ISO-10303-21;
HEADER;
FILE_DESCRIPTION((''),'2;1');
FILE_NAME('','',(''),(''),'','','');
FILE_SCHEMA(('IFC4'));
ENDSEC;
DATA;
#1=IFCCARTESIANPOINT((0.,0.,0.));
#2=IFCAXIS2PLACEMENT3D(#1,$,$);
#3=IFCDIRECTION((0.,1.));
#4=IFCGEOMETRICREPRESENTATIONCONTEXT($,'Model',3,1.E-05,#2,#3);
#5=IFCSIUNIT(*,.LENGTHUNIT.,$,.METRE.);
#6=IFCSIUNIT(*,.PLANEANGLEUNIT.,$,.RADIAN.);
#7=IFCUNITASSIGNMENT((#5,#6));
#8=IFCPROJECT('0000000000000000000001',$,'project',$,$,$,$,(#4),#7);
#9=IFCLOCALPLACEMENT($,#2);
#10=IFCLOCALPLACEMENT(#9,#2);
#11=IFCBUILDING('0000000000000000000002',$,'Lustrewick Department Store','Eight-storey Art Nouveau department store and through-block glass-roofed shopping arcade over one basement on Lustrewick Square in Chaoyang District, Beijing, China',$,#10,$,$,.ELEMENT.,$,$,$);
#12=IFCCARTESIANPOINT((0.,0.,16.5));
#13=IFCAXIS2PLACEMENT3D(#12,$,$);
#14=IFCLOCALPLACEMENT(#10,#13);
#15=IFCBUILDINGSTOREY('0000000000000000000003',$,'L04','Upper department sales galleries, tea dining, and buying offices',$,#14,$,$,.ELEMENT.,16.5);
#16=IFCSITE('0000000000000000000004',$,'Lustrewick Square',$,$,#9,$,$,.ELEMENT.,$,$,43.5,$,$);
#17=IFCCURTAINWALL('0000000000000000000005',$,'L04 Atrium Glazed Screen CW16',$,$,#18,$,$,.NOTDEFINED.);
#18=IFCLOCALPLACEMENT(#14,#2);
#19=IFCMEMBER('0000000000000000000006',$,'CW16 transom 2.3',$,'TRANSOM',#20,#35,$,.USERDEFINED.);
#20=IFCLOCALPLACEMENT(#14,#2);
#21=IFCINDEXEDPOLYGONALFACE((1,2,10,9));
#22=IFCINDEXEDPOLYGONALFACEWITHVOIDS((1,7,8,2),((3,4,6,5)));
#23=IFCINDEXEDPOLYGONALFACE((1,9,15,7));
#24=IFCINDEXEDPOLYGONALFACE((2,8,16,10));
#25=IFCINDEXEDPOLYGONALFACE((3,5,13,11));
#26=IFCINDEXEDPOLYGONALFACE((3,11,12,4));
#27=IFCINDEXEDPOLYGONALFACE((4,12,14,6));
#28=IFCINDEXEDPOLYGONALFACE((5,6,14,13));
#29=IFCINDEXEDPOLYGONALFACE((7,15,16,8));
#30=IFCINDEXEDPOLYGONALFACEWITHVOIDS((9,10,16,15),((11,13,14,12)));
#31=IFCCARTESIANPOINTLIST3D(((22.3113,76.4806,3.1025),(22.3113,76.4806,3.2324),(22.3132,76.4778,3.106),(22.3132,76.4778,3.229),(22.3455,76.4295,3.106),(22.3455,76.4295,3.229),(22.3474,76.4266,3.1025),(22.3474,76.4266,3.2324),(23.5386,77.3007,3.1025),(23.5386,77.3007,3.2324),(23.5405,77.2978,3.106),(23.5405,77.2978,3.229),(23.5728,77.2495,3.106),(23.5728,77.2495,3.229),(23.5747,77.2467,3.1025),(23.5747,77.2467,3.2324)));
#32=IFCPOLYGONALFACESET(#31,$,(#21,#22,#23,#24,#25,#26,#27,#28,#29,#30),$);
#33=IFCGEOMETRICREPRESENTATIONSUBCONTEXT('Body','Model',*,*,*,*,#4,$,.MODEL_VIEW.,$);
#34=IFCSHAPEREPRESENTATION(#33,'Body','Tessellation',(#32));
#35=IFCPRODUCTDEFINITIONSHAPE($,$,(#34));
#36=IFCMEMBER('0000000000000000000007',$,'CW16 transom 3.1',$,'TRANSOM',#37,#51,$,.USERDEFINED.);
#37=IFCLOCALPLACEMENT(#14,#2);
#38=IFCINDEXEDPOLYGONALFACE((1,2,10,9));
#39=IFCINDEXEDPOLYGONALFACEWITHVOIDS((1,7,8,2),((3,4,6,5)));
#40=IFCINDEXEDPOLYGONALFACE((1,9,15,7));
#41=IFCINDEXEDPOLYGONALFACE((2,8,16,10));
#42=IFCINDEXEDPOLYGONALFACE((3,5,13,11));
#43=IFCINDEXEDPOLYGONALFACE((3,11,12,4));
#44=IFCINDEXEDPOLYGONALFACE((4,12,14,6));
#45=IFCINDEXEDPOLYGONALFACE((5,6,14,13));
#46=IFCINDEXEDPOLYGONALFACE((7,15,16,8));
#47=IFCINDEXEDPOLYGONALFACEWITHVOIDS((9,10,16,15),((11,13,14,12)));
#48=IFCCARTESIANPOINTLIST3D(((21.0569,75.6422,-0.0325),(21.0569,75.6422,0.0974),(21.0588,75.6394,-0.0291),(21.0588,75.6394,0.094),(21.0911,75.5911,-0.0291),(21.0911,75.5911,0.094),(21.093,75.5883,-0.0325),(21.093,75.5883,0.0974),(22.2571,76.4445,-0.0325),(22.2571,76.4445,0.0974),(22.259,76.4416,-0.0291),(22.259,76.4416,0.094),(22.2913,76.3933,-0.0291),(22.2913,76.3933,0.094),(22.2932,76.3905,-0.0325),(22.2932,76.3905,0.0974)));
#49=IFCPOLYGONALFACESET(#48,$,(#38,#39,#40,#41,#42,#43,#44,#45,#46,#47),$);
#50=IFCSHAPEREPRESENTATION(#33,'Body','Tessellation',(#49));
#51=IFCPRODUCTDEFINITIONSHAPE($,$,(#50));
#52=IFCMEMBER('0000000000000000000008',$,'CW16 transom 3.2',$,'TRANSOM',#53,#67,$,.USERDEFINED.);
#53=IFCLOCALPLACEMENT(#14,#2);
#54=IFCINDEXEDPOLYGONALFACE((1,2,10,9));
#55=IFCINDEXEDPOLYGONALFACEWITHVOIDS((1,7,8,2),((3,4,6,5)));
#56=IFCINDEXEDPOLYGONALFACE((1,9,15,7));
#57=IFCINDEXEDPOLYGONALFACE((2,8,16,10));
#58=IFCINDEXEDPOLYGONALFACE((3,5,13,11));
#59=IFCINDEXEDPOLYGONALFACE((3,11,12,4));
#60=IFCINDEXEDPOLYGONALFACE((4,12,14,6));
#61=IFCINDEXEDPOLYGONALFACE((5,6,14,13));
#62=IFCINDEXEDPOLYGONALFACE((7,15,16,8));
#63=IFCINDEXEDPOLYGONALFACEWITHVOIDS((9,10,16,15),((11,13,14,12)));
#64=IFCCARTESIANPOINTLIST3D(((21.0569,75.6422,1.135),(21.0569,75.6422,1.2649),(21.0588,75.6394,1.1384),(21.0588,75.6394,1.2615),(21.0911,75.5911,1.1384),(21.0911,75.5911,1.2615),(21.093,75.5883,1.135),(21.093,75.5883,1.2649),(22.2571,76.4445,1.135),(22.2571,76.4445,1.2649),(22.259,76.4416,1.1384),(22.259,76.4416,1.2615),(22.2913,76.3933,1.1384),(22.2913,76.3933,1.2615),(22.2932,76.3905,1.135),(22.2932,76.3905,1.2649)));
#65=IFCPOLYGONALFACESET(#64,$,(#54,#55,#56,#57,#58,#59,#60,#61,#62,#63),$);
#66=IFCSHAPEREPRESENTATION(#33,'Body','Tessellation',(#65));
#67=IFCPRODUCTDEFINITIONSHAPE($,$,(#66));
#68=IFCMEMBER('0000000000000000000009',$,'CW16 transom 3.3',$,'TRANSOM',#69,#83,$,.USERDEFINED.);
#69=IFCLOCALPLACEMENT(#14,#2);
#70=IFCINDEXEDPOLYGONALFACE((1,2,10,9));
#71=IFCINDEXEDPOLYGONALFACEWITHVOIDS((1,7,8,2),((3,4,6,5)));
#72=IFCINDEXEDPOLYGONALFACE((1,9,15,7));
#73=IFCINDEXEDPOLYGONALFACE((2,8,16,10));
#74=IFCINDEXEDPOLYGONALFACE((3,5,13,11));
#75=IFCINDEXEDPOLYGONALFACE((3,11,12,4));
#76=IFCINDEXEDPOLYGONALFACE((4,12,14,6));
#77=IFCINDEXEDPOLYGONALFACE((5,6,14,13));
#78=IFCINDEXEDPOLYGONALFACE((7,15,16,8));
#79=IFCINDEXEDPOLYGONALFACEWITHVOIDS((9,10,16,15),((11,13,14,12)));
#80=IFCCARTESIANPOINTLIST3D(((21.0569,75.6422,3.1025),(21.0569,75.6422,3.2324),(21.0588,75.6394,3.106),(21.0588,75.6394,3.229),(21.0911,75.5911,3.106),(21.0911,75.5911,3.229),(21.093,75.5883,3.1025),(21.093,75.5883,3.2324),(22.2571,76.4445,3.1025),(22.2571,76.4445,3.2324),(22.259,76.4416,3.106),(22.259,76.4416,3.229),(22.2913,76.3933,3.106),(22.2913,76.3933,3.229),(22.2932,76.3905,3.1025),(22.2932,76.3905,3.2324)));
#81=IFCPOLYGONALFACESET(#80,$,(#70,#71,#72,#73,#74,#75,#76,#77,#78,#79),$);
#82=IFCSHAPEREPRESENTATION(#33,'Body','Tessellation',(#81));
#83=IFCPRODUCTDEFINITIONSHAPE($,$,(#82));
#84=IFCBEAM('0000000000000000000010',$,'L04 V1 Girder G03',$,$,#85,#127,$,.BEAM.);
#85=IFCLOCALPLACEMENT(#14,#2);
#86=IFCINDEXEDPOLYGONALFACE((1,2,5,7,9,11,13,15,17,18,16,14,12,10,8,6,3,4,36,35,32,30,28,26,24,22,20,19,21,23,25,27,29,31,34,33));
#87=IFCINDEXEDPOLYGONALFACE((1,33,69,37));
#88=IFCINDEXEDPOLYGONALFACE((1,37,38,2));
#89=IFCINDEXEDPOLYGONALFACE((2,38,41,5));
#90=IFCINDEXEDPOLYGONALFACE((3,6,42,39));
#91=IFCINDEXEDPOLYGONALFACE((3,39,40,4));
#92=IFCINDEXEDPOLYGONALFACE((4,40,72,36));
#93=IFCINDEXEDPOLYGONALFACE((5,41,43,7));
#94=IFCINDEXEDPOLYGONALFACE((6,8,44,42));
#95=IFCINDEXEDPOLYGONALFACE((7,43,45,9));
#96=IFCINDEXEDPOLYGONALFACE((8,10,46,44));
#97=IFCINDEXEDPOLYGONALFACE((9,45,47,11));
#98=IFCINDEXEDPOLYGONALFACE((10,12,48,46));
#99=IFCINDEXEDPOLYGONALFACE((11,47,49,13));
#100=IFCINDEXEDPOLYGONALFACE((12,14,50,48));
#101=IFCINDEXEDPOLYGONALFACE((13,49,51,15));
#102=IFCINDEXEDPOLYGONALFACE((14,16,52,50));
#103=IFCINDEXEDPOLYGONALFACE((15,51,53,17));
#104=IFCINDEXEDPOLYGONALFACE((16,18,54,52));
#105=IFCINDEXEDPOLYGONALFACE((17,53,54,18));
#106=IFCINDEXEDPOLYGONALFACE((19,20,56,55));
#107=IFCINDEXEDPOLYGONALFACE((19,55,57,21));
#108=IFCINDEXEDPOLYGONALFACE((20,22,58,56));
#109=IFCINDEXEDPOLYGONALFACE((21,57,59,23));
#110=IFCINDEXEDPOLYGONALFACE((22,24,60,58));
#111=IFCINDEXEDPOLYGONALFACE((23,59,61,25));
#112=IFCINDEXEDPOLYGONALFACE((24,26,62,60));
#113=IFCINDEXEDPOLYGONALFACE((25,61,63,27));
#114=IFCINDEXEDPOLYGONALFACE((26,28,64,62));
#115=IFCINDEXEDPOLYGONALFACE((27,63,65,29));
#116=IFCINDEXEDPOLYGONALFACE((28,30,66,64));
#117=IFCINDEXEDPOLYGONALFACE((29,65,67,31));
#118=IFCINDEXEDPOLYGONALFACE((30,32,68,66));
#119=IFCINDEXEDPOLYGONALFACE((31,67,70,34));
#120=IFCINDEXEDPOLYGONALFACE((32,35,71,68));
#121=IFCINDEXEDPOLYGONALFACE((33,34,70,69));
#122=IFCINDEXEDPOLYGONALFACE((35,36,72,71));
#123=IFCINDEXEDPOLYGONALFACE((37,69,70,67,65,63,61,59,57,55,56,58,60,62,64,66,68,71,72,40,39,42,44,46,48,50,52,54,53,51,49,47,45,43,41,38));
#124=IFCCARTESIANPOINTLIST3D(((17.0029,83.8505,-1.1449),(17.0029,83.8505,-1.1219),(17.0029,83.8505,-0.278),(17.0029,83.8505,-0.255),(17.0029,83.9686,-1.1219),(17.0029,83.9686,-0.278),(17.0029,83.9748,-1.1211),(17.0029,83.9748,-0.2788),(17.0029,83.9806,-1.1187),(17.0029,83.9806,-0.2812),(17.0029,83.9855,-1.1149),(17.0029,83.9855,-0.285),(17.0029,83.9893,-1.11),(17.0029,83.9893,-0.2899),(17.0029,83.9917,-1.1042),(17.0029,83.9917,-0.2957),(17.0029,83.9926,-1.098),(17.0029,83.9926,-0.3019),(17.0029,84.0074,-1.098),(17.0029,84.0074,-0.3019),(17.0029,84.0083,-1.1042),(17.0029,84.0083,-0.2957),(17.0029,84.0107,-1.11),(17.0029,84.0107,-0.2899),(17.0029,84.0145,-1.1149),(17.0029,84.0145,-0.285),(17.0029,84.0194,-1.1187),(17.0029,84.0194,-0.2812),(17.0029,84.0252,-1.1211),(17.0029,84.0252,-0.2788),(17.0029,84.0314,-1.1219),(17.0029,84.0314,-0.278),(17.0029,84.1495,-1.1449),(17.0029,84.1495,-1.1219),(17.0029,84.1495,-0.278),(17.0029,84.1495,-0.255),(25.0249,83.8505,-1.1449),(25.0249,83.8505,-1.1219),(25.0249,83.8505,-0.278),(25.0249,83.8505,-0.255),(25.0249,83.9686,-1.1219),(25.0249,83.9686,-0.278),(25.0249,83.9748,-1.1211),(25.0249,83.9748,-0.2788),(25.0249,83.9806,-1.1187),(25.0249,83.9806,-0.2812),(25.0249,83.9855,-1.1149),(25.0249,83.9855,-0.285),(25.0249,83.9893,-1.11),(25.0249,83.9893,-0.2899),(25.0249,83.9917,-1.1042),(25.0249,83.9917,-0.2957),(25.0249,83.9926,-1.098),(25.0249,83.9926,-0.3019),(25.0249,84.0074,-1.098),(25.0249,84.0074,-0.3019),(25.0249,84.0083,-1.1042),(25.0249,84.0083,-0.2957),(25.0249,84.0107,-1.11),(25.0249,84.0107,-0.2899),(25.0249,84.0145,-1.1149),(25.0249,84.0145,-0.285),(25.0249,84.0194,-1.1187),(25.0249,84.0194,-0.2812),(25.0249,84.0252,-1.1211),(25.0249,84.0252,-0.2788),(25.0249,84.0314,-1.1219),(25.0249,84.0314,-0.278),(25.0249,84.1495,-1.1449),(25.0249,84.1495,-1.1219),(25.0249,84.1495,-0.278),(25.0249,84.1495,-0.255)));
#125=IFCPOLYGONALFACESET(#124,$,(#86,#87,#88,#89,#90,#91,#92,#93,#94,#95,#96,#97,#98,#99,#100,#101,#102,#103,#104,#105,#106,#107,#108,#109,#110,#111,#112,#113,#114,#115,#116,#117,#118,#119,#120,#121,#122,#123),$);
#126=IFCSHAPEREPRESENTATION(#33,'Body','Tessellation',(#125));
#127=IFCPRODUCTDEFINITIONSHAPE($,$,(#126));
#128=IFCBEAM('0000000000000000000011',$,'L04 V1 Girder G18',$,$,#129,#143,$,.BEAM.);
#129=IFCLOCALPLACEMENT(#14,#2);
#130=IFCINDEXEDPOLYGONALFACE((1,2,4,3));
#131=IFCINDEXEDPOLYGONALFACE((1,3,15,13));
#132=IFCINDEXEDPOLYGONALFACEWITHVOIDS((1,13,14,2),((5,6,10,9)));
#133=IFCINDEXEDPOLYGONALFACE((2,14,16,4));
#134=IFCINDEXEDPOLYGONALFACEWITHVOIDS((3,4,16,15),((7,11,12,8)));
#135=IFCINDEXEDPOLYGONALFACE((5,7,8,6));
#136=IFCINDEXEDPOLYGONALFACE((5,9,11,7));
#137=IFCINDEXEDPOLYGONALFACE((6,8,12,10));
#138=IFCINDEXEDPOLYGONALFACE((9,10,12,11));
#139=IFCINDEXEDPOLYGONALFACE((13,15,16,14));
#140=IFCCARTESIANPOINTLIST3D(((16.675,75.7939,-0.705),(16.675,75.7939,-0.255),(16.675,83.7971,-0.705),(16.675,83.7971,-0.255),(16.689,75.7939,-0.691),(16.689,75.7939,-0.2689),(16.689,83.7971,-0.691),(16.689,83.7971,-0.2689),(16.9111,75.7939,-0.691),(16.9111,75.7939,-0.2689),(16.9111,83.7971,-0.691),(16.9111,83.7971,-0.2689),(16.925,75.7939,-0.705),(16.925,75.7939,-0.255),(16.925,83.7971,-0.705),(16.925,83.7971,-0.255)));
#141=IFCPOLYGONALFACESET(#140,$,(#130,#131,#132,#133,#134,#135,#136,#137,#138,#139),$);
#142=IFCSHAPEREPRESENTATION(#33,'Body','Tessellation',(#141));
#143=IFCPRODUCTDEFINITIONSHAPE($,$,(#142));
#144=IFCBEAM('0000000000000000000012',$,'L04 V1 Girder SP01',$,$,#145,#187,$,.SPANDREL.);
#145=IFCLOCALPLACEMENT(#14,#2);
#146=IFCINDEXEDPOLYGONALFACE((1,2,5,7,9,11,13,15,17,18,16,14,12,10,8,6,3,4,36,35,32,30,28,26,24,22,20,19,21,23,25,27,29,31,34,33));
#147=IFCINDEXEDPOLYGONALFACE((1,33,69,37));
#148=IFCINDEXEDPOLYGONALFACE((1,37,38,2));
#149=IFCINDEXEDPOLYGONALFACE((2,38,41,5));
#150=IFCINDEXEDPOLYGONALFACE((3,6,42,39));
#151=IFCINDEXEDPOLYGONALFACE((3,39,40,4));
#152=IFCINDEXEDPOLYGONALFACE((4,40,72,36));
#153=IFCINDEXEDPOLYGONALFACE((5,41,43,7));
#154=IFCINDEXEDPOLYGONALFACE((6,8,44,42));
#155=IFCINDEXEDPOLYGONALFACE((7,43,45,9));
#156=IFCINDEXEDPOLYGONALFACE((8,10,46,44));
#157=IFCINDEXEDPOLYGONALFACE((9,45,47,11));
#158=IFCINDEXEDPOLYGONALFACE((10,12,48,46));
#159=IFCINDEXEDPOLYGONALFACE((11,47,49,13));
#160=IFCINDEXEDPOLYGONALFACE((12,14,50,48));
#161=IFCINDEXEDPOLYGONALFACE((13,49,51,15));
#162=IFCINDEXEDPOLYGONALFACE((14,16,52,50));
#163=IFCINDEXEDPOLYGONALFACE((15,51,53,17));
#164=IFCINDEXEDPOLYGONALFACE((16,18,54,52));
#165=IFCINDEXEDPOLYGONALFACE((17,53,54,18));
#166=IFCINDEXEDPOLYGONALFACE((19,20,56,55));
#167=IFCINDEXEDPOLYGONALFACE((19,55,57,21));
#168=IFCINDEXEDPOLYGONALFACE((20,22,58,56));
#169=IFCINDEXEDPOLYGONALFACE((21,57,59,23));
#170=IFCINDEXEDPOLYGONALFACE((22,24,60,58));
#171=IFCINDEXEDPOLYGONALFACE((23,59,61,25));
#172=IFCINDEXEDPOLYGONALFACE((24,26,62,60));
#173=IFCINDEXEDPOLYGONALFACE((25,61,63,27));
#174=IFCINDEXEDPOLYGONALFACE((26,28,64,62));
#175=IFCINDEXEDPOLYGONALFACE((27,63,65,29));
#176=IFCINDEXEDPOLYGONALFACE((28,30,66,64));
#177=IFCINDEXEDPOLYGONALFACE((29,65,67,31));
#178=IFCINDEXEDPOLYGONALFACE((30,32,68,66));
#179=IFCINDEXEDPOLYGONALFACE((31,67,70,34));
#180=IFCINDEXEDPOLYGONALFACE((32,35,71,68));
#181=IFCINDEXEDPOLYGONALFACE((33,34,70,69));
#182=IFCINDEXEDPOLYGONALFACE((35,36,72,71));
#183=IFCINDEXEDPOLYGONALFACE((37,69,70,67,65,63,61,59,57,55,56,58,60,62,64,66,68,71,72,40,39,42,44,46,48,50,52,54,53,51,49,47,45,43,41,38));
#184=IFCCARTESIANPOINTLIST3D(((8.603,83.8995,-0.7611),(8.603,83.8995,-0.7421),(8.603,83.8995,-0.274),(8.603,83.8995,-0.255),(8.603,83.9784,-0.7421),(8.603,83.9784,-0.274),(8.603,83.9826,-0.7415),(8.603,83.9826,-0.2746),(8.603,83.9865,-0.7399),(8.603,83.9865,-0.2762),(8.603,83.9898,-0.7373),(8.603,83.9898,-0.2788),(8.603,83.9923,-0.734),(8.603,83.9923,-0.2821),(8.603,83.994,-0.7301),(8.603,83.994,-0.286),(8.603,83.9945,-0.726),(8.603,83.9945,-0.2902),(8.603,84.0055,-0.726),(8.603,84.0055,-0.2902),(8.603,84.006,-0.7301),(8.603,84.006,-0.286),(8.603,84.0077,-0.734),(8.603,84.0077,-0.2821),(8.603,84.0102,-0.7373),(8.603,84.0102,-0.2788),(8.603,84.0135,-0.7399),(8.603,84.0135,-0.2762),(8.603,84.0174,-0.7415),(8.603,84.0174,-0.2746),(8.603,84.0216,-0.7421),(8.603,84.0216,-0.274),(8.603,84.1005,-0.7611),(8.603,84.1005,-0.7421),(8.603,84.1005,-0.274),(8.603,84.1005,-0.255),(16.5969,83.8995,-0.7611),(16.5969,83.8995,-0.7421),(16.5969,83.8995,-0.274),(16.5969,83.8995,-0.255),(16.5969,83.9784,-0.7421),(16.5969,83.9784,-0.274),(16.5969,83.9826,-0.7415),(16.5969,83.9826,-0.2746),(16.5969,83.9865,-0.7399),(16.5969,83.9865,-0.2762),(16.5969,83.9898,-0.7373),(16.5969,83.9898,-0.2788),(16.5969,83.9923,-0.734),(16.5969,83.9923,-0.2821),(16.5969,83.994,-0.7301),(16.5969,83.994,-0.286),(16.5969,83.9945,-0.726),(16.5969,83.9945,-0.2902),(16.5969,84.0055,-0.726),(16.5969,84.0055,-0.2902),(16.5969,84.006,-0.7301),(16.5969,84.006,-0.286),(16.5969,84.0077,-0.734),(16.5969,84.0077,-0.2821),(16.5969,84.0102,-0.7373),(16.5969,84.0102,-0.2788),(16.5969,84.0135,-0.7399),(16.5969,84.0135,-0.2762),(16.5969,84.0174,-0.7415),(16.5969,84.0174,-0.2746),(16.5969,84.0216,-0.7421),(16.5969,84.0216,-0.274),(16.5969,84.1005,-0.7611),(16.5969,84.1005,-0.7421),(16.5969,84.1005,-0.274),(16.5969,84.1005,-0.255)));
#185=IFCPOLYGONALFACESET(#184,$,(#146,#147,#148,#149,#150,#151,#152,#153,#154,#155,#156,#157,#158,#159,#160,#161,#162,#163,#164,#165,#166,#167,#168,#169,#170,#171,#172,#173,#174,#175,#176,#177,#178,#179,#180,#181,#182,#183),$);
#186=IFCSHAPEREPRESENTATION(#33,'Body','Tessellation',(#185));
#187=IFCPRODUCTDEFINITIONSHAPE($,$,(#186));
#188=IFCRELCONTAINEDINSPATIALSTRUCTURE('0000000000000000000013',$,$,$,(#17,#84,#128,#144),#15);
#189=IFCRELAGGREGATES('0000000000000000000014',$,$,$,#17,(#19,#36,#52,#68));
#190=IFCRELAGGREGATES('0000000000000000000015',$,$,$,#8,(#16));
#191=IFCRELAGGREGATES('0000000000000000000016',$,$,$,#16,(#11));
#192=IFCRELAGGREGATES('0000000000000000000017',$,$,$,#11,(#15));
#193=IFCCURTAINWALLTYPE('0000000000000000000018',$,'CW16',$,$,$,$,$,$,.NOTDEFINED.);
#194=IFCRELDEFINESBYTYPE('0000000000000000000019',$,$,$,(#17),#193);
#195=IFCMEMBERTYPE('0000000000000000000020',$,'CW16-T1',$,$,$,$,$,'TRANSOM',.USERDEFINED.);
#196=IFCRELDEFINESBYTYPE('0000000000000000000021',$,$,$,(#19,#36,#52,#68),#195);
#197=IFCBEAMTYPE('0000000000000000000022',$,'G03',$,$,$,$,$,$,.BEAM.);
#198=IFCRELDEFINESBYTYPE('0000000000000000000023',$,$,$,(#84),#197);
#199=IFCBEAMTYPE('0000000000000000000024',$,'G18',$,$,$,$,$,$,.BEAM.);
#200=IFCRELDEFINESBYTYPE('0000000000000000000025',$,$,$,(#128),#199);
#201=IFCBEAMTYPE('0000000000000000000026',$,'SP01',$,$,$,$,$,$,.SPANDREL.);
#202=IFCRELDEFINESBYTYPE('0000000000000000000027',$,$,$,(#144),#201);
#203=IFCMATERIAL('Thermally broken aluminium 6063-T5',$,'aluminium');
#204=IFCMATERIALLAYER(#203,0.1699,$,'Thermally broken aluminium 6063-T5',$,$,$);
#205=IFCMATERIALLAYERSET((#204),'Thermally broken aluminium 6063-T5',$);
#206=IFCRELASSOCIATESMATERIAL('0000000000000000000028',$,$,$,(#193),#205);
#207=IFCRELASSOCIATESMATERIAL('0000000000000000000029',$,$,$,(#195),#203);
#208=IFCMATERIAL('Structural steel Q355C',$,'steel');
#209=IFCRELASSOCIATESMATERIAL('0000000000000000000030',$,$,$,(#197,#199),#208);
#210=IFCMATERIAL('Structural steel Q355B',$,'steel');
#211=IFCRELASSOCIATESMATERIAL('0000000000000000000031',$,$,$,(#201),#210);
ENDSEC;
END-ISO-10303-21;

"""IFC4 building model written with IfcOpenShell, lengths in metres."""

from ifc_helpers import new_model, si_unit, direction, frame, origin, origin_2d, place, context, subcontext, project, spatial, hollow_rectangle, i_section, extrude, material, layer, layer_set, material_profile, profile_set, type_object, element, aggregate, save


model = new_model("IFC4")

# Units and contexts
model_context = context("Model", 3, precision=1e-05, world=origin(), true_north=direction((0.0, 1.0)))
body_context = subcontext(model_context, "Body", "Model", "MODEL_VIEW")
ifc_project = project(units=[si_unit("LENGTHUNIT", "METRE"), si_unit("PLANEANGLEUNIT", "RADIAN")], contexts=[model_context])

# Site, building, storey
site_placement = place(None, origin())
site = spatial("IfcSite", under=ifc_project, at=site_placement, Name="Lustrewick Square", CompositionType="ELEMENT", RefElevation=43.5)
building_placement = place(site_placement, origin())
building = spatial("IfcBuilding", under=site, at=building_placement, Name="Lustrewick Department Store", Description="Eight-storey Art Nouveau department store and through-block glass-roofed shopping arcade over one basement on Lustrewick Square in Chaoyang District, Beijing, China", CompositionType="ELEMENT")
storey_placement = place(building_placement, frame((0.0, 0.0, 16.5)))
storey = spatial("IfcBuildingStorey", under=building, at=storey_placement, Name="L04", Description="Upper department sales galleries, tea dining, and buying offices", CompositionType="ELEMENT", Elevation=16.5)

# Shared definitions
ifc_material_1 = material(Name="Structural steel Q355C", Category="steel")
ifc_material_2 = material(Name="Structural steel Q355B", Category="steel")

# Curtain wall, members
ifc_material_3 = material(Name="Thermally broken aluminium 6063-T5", Category="aluminium")
ifc_layer_1 = layer(ifc_material_3, 0.1699, Name="Thermally broken aluminium 6063-T5")
ifc_layer_set_1 = layer_set([ifc_layer_1], Name="Thermally broken aluminium 6063-T5")
curtain_wall_type = type_object("IfcCurtainWallType", Name="CW16", PredefinedType="NOTDEFINED", material=ifc_layer_set_1)
curtain_wall_placement = place(storey_placement, origin())
curtain_wall = element("IfcCurtainWall", 1, at=curtain_wall_placement, inside=storey, type_object=curtain_wall_type, Name="L04 Atrium Glazed Screen CW16", PredefinedType="NOTDEFINED")
ifc_material_profile_1 = material_profile(ifc_material_3, hollow_rectangle(XDim=0.0649, YDim=0.1299, WallThickness=0.0034, at=origin_2d()), Name="ALU-T 65x130x3.5")
ifc_profile_set_1 = profile_set([ifc_material_profile_1], Name="Thermally broken aluminium 6063-T5")
member_type_1 = type_object("IfcMemberType", Name="CW16-T1", ElementType="TRANSOM", PredefinedType="USERDEFINED", material=ifc_profile_set_1)
member_1_placement = place(storey_placement, frame((23.5566, 77.2737, 3.1675), z_axis=(-0.831465, -0.555578, 0.0), x_axis=(0.555578, -0.831465, 0.0)))
member_1 = element("IfcMember", 2, at=member_1_placement, type_object=member_type_1, Name="CW16 transom 2.3", ObjectType="TRANSOM", PredefinedType="USERDEFINED", context=body_context, shape_type="SweptSolid", body=[
    extrude(hollow_rectangle(XDim=0.0649, YDim=0.1299, WallThickness=0.0034, at=origin_2d()), origin(), (0.0, 0.0, 1.0), 1.4761),
])
member_2_placement = place(storey_placement, frame((22.2751, 76.4175, 0.0325), z_axis=(-0.831373, -0.555714, 0.0), x_axis=(0.555714, -0.831373, 0.0)))
member_2 = element("IfcMember", 3, at=member_2_placement, type_object=member_type_1, Name="CW16 transom 3.1", ObjectType="TRANSOM", PredefinedType="USERDEFINED", context=body_context, shape_type="SweptSolid", body=[
    extrude(hollow_rectangle(XDim=0.0649, YDim=0.1299, WallThickness=0.0034, at=origin_2d()), origin(), (0.0, 0.0, 1.0), 1.4436),
])
member_3_placement = place(storey_placement, frame((22.2751, 76.4175, 1.2), z_axis=(-0.831373, -0.555714, 0.0), x_axis=(0.555714, -0.831373, 0.0)))
member_3 = element("IfcMember", 4, at=member_3_placement, type_object=member_type_1, Name="CW16 transom 3.2", ObjectType="TRANSOM", PredefinedType="USERDEFINED", context=body_context, shape_type="SweptSolid", body=[
    extrude(hollow_rectangle(XDim=0.0649, YDim=0.1299, WallThickness=0.0034, at=origin_2d()), origin(), (0.0, 0.0, 1.0), 1.4436),
])
member_4_placement = place(storey_placement, frame((22.2751, 76.4175, 3.1675), z_axis=(-0.831373, -0.555714, 0.0), x_axis=(0.555714, -0.831373, 0.0)))
member_4 = element("IfcMember", 5, at=member_4_placement, type_object=member_type_1, Name="CW16 transom 3.3", ObjectType="TRANSOM", PredefinedType="USERDEFINED", context=body_context, shape_type="SweptSolid", body=[
    extrude(hollow_rectangle(XDim=0.0649, YDim=0.1299, WallThickness=0.0034, at=origin_2d()), origin(), (0.0, 0.0, 1.0), 1.4436),
])

# Beams
ifc_material_profile_2 = material_profile(ifc_material_1, i_section(OverallWidth=0.2991, OverallDepth=0.8899, WebThickness=0.0149, FlangeThickness=0.0229, FilletRadius=0.0239, at=origin_2d()), Name="HN 890x299x15x23")
ifc_profile_set_2 = profile_set([ifc_material_profile_2], Name="Structural steel Q355C")
beam_type_1 = type_object("IfcBeamType", Name="G03", PredefinedType="BEAM", material=ifc_profile_set_2)
beam_1_placement = place(storey_placement, frame((17.0029, 84.0, -0.7), z_axis=(1.0, 0.0, 0.0), x_axis=(0.0, 1.0, 0.0)))
element("IfcBeam", 6, at=beam_1_placement, inside=storey, type_object=beam_type_1, Name="L04 V1 Girder G03", PredefinedType="BEAM", context=body_context, shape_type="SweptSolid", body=[
    extrude(i_section(OverallWidth=0.2991, OverallDepth=0.8899, WebThickness=0.0149, FlangeThickness=0.0229, FilletRadius=0.0239, at=origin_2d()), origin(), (0.0, 0.0, 1.0), 8.022),
])
ifc_material_profile_3 = material_profile(ifc_material_1, hollow_rectangle(XDim=0.25, YDim=0.45, WallThickness=0.0139, at=origin_2d()), Name="RHS 450x250x14")
ifc_profile_set_3 = profile_set([ifc_material_profile_3], Name="Structural steel Q355C")
beam_type_2 = type_object("IfcBeamType", Name="G18", PredefinedType="BEAM", material=ifc_profile_set_3)
beam_2_placement = place(storey_placement, frame((16.8, 75.7939, -0.48), z_axis=(0.0, 1.0, 0.0), x_axis=(-1.0, 0.0, 0.0)))
element("IfcBeam", 7, at=beam_2_placement, inside=storey, type_object=beam_type_2, Name="L04 V1 Girder G18", PredefinedType="BEAM", context=body_context, shape_type="SweptSolid", body=[
    extrude(hollow_rectangle(XDim=0.25, YDim=0.45, WallThickness=0.0139, at=origin_2d()), origin(), (0.0, 0.0, 1.0), 8.0032),
])
ifc_material_profile_4 = material_profile(ifc_material_2, i_section(OverallWidth=0.2009, OverallDepth=0.5061, WebThickness=0.011, FlangeThickness=0.019, FilletRadius=0.0161, at=origin_2d()), Name="HN 506x201x11x19")
ifc_profile_set_4 = profile_set([ifc_material_profile_4], Name="Structural steel Q355B")
beam_type_3 = type_object("IfcBeamType", Name="SP01", PredefinedType="SPANDREL", material=ifc_profile_set_4)
beam_3_placement = place(storey_placement, frame((8.603, 84.0, -0.5081), z_axis=(1.0, 0.0, 0.0), x_axis=(0.0, 1.0, 0.0)))
element("IfcBeam", 8, at=beam_3_placement, inside=storey, type_object=beam_type_3, Name="L04 V1 Girder SP01", PredefinedType="SPANDREL", context=body_context, shape_type="SweptSolid", body=[
    extrude(i_section(OverallWidth=0.2009, OverallDepth=0.5061, WebThickness=0.011, FlangeThickness=0.019, FilletRadius=0.0161, at=origin_2d()), origin(), (0.0, 0.0, 1.0), 7.9939),
])

aggregate(curtain_wall, [member_1, member_2, member_3, member_4])

save(model, "model.ifc")
